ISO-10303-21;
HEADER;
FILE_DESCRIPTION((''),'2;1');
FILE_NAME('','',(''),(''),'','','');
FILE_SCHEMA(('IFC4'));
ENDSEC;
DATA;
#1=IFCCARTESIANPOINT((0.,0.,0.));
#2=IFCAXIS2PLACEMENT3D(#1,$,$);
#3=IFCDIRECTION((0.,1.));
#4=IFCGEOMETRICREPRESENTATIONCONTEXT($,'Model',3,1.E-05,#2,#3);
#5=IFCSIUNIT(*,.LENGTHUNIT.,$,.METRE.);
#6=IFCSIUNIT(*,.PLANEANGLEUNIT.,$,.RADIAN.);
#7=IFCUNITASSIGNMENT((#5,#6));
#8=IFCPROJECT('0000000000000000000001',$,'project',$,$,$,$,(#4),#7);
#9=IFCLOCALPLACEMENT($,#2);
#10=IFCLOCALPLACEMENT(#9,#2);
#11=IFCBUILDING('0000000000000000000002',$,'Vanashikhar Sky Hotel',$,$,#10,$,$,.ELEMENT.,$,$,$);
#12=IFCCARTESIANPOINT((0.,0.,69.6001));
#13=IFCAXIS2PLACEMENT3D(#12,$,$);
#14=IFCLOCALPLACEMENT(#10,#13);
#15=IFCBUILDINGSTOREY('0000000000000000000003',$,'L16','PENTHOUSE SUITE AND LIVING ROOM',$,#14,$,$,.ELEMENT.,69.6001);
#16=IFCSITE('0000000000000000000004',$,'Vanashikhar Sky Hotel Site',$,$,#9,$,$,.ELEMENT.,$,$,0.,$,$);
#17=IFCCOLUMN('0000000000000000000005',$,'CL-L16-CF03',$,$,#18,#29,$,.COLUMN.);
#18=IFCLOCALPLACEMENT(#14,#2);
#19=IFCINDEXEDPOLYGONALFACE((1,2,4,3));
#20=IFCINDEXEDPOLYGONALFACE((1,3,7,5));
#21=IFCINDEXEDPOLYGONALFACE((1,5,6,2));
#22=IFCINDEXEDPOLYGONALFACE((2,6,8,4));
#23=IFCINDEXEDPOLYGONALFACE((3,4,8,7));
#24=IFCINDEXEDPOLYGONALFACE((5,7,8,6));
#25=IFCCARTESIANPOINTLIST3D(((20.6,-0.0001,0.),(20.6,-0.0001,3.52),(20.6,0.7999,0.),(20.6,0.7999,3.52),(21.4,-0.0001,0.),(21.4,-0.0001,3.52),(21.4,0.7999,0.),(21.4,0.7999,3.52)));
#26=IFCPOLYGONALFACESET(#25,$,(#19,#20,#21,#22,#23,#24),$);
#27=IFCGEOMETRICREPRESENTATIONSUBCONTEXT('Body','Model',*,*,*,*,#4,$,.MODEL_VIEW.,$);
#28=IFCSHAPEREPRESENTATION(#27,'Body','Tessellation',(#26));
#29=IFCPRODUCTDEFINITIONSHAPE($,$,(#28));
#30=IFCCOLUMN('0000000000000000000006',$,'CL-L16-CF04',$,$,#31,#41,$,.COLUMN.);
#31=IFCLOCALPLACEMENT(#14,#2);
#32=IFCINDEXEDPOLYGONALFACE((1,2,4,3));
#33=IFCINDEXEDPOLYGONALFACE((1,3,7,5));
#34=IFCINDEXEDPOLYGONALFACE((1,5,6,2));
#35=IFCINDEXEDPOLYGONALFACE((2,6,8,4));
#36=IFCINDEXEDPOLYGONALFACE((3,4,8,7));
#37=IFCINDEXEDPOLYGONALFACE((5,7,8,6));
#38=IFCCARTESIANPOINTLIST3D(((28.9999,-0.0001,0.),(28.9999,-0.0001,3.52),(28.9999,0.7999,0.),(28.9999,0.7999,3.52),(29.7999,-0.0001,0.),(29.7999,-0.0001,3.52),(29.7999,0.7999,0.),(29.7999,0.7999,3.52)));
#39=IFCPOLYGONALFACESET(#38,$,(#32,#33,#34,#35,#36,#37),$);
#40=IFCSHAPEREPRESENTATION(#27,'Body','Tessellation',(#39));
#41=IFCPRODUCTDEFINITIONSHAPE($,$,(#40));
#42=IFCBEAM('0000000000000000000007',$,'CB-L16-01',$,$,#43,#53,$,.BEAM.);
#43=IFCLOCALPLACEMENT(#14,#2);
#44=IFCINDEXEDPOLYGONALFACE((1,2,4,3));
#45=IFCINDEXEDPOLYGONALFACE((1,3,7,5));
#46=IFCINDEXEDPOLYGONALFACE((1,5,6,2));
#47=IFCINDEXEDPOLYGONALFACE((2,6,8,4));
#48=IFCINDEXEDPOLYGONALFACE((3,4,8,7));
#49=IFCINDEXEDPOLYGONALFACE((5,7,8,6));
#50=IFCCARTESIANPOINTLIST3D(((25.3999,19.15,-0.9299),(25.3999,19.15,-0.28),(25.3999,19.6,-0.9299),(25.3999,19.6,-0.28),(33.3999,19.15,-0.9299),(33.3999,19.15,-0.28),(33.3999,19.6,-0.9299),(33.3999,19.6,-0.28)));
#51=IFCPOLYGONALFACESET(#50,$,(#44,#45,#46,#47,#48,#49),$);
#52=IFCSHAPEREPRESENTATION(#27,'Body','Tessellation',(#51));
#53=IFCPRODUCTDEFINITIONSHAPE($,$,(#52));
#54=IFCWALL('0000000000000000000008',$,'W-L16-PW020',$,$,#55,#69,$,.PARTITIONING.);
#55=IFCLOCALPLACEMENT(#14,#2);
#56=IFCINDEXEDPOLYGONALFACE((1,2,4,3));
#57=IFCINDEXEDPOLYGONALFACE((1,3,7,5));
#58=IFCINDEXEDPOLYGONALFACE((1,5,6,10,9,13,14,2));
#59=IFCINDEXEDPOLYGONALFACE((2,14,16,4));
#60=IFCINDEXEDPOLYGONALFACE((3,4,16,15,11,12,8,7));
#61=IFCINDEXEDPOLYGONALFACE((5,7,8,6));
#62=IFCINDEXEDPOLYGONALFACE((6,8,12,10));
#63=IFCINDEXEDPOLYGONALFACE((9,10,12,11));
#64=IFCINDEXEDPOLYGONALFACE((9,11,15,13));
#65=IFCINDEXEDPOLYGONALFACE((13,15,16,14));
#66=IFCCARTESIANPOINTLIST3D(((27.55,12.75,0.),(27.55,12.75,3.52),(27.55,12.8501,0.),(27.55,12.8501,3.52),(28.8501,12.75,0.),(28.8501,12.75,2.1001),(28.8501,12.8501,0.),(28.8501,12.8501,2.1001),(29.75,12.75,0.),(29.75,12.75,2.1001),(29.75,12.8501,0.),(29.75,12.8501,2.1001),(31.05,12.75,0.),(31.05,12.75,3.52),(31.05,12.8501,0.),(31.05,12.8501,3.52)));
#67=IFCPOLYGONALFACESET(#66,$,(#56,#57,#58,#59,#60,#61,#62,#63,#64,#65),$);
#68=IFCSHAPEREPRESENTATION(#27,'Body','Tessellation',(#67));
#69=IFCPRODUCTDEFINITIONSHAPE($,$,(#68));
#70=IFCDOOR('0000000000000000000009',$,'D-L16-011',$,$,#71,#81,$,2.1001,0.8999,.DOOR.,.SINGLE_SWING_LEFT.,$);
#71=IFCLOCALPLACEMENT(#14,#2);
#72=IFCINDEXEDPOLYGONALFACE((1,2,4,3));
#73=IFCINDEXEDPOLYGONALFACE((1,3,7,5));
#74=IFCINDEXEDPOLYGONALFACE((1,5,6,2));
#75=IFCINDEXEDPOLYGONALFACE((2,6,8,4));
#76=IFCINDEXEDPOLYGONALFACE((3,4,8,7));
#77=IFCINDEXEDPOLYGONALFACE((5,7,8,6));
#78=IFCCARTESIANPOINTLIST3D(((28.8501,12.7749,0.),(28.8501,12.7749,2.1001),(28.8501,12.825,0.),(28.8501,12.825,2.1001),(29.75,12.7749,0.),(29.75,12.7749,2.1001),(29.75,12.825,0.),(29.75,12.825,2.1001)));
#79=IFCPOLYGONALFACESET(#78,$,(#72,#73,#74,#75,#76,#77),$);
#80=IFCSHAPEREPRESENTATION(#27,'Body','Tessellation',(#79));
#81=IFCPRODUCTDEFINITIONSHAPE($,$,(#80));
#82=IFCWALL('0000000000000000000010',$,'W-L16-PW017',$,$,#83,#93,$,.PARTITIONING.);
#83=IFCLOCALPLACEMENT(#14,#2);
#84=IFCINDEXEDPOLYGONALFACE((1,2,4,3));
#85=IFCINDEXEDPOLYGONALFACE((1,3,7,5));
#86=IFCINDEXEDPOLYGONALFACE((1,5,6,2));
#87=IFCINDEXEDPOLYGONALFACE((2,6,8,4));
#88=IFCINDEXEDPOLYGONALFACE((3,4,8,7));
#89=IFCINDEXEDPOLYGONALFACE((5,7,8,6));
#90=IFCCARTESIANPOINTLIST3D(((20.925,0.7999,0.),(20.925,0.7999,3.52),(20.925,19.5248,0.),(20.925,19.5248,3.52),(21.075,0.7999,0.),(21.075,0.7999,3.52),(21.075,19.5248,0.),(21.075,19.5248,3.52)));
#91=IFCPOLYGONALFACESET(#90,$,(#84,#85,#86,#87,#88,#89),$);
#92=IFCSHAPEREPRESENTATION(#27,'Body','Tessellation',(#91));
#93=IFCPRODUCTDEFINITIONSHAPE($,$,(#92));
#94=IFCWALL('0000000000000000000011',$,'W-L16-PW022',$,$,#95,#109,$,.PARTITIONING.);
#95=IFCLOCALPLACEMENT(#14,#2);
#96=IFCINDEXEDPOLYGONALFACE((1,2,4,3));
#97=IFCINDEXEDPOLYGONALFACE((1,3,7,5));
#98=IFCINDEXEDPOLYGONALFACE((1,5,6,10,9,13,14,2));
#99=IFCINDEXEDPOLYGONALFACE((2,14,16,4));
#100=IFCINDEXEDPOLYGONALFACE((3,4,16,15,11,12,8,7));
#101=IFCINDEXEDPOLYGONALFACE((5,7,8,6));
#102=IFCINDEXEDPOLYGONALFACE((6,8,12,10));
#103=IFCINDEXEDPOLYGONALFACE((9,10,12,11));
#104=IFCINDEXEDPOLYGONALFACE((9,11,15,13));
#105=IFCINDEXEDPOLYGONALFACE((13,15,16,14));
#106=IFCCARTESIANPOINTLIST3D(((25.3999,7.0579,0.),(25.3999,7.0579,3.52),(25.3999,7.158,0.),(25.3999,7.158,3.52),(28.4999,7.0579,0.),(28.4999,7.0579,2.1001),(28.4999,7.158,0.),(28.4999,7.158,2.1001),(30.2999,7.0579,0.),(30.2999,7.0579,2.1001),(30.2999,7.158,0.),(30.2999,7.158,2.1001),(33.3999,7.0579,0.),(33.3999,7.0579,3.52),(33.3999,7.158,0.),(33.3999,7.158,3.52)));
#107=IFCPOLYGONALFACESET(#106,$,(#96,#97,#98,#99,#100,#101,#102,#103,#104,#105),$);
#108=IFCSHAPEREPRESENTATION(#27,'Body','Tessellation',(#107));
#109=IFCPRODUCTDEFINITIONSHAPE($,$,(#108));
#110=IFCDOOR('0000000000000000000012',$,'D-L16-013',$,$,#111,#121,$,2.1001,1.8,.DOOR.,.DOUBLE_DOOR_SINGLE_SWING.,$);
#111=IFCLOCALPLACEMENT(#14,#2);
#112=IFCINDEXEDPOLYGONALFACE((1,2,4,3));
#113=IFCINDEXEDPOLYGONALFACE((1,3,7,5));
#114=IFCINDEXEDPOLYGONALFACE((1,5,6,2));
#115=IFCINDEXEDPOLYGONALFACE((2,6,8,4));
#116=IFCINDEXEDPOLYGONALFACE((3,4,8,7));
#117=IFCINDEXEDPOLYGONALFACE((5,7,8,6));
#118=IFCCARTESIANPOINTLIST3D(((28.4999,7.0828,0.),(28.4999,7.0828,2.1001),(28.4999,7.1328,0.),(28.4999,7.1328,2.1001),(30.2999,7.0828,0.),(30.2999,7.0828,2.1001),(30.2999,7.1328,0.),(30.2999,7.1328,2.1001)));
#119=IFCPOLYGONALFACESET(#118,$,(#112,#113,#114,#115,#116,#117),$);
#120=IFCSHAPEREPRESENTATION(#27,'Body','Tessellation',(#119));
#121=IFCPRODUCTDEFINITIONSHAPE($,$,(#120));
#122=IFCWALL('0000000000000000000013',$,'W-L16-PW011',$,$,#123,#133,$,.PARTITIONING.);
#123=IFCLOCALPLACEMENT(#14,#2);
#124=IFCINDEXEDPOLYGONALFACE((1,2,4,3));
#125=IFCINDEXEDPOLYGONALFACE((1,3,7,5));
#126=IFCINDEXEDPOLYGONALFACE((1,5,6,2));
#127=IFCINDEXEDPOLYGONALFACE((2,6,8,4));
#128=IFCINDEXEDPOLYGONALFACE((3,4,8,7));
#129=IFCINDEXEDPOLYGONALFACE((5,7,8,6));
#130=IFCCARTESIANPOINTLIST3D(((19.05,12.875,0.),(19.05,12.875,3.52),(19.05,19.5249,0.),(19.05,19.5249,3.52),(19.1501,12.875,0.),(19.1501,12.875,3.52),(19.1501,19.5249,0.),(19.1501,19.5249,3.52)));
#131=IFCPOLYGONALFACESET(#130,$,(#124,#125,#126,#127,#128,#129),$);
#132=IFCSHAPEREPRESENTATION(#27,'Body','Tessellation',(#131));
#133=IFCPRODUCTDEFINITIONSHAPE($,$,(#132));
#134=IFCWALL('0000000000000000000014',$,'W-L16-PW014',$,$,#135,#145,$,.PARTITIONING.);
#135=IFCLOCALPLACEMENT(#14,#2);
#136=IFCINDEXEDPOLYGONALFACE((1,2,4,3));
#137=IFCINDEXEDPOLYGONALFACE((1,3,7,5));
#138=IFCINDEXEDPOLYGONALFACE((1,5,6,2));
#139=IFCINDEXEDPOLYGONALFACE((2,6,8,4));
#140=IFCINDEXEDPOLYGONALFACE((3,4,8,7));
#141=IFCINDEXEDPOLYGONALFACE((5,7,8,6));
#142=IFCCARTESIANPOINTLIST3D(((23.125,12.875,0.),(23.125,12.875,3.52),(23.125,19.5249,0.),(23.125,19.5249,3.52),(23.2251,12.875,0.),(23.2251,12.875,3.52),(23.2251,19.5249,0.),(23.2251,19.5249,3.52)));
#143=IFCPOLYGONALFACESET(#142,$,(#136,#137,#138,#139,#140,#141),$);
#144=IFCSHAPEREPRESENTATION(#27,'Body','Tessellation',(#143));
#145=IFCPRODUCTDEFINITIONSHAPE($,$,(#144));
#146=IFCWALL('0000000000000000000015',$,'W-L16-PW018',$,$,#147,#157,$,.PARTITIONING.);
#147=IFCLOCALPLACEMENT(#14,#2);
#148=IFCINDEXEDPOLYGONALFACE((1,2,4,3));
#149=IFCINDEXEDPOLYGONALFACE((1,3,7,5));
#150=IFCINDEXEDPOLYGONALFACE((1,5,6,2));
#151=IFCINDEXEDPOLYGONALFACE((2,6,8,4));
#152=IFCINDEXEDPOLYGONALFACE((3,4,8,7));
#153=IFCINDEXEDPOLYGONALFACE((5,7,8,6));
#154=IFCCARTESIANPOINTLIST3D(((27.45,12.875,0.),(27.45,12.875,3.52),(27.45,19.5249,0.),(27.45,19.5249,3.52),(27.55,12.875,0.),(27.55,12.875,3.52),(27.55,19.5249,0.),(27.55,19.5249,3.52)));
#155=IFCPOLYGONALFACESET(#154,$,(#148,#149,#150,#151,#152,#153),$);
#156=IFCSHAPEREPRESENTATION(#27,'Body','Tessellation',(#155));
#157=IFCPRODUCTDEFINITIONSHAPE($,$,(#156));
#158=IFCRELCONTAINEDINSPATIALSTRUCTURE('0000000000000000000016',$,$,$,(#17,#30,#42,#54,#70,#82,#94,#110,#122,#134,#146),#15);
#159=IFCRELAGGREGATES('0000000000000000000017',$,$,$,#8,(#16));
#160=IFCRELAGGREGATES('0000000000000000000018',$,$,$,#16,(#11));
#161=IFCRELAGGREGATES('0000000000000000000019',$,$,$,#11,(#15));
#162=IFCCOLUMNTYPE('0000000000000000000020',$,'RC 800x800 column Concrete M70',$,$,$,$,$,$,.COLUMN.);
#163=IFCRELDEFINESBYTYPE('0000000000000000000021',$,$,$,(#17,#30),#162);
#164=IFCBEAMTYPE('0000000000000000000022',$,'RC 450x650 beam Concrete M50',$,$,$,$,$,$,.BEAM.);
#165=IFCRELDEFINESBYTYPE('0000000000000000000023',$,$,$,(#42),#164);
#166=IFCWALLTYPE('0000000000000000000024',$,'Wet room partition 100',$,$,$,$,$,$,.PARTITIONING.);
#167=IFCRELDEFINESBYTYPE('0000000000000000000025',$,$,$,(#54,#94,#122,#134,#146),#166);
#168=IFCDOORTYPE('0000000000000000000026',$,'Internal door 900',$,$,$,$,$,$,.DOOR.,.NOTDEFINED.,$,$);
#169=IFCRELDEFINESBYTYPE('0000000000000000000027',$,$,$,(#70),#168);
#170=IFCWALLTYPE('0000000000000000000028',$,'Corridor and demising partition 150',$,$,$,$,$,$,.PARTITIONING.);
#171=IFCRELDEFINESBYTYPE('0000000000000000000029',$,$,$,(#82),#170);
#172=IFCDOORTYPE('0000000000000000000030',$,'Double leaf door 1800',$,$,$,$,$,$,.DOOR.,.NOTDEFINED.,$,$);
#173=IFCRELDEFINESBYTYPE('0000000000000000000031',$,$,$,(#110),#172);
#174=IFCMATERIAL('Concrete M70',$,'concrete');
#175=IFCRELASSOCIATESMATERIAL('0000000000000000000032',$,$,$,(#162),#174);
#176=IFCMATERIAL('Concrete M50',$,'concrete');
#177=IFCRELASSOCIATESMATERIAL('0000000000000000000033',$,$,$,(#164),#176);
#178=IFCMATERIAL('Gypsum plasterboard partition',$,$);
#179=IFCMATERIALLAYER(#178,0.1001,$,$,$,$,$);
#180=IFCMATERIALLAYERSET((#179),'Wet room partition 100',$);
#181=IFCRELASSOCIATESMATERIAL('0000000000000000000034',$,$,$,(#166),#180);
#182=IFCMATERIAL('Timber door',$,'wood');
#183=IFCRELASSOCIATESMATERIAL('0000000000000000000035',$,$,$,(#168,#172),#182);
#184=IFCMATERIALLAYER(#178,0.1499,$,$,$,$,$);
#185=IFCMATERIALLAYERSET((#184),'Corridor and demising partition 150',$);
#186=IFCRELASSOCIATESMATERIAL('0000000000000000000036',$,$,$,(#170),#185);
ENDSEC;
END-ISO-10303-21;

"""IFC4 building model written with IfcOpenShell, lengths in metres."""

from ifc_helpers import new_model, si_unit, direction, frame, frame_2d, origin, origin_2d, place, context, subcontext, project, spatial, rectangle, extrude, source, transform, mapped, material, layer, layer_set, material_profile, profile_set, type_object, element, fill, save


model = new_model("IFC4")

# Units and contexts
model_context = context("Model", 3, precision=1e-05, world=origin(), true_north=direction((0.0, 1.0)))
body_context = subcontext(model_context, "Body", "Model", "MODEL_VIEW")
ifc_project = project(units=[si_unit("LENGTHUNIT", "METRE"), si_unit("PLANEANGLEUNIT", "RADIAN")], contexts=[model_context])

# Site, building, storey
site_placement = place(None, origin())
site = spatial("IfcSite", under=ifc_project, at=site_placement, Name="Vanashikhar Sky Hotel Site", CompositionType="ELEMENT", RefElevation=0.0)
building_placement = place(site_placement, origin())
building = spatial("IfcBuilding", under=site, at=building_placement, Name="Vanashikhar Sky Hotel", CompositionType="ELEMENT")
storey_placement = place(building_placement, frame((0.0, 0.0, 69.6001)))
storey = spatial("IfcBuildingStorey", under=building, at=storey_placement, Name="L16", Description="PENTHOUSE SUITE AND LIVING ROOM", CompositionType="ELEMENT", Elevation=69.6001)

# Columns
ifc_material_1 = material(Name="Concrete M70", Category="concrete")
ifc_material_profile_1 = material_profile(ifc_material_1, rectangle(XDim=0.8, YDim=0.8, at=origin_2d()))
ifc_profile_set_1 = profile_set([ifc_material_profile_1], Name="RC 800x800 column Concrete M70")
column_type = type_object("IfcColumnType", Name="RC 800x800 column Concrete M70", PredefinedType="COLUMN", material=ifc_profile_set_1)
shared_shape_1 = source(origin(), body_context, "Body", "SweptSolid", [
    extrude(rectangle(XDim=0.8, YDim=0.8, at=origin_2d()), origin(), (0.0, 0.0, 1.0), 3.52),
])
for number, where, z_axis, x_axis, name in (
    (1, (21.0, 0.3999, 0.0), (0.0, 0.0, 1.0), (1.0, 0.0, 0.0), "CL-L16-CF03"),
    (2, (29.3999, 0.3999, 0.0), (0.0, 0.0, 1.0), (1.0, 0.0, 0.0), "CL-L16-CF04"),
):
    element("IfcColumn", number, at=place(storey_placement, frame(where, z_axis=z_axis, x_axis=x_axis)), inside=storey, type_object=column_type, Name=name, PredefinedType="COLUMN", context=body_context, shape_type="MappedRepresentation", body=[
        mapped(shared_shape_1, transform((0.0, 0.0, 0.0), scale=1.0)),
    ])

# Beam
ifc_material_2 = material(Name="Concrete M50", Category="concrete")
ifc_material_profile_2 = material_profile(ifc_material_2, rectangle(XDim=0.45, YDim=0.6499, at=origin_2d()))
ifc_profile_set_2 = profile_set([ifc_material_profile_2], Name="RC 450x650 beam Concrete M50")
beam_type = type_object("IfcBeamType", Name="RC 450x650 beam Concrete M50", PredefinedType="BEAM", material=ifc_profile_set_2)
shared_shape_2 = source(origin(), body_context, "Body", "SweptSolid", [
    extrude(rectangle(XDim=0.45, YDim=0.6499, at=origin_2d()), origin(), (0.0, 0.0, 1.0), 8.0),
])
beam_placement = place(storey_placement, frame((25.3999, 19.375, -0.605), z_axis=(1.0, 0.0, 0.0), x_axis=(0.0, 1.0, 0.0)))
element("IfcBeam", 3, at=beam_placement, inside=storey, type_object=beam_type, Name="CB-L16-01", PredefinedType="BEAM", context=body_context, shape_type="MappedRepresentation", body=[
    mapped(shared_shape_2, transform((0.0, 0.0, 0.0), scale=1.0)),
])

# Wall, opening, door
ifc_material_3 = material(Name="Gypsum plasterboard partition")
ifc_layer_1 = layer(ifc_material_3, 0.1001)
ifc_layer_set_1 = layer_set([ifc_layer_1], Name="Wet room partition 100")
wall_type_1 = type_object("IfcWallType", Name="Wet room partition 100", PredefinedType="PARTITIONING", material=ifc_layer_set_1)
shared_shape_3 = source(origin(), body_context, "Body", "SweptSolid", [
    extrude(rectangle(XDim=3.5, YDim=0.1001, at=frame_2d((1.75, 0.0))), origin(), (0.0, 0.0, 1.0), 3.52),
])
wall_1_placement = place(storey_placement, frame((27.55, 12.8, 0.0), z_axis=(0.0, 0.0, 1.0), x_axis=(1.0, 0.0, 0.0)))
wall_1 = element("IfcWall", 4, at=wall_1_placement, inside=storey, type_object=wall_type_1, Name="W-L16-PW020", PredefinedType="PARTITIONING", context=body_context, shape_type="MappedRepresentation", body=[
    mapped(shared_shape_3, transform((0.0, 0.0, 0.0), scale=1.0)),
])
shared_shape_4 = source(origin(), body_context, "Body", "SweptSolid", [
    extrude(rectangle(XDim=0.8999, YDim=2.1001, at=frame_2d((0.45, 1.05))), frame((0.0, 0.0601, 0.0), z_axis=(0.0, -1.0, 0.0), x_axis=(1.0, 0.0, 0.0)), (0.0, 0.0, 1.0), 0.1201),
])
opening_1_placement = place(wall_1_placement, frame((1.3, 0.0, 0.0)))
opening_1 = element("IfcOpeningElement", 5, at=opening_1_placement, cuts=wall_1, PredefinedType="OPENING", context=body_context, shape_type="MappedRepresentation", body=[
    mapped(shared_shape_4, transform((0.0, 0.0, 0.0), scale=1.0)),
])
ifc_material_4 = material(Name="Timber door", Category="wood")
door_type_1 = type_object("IfcDoorType", Name="Internal door 900", OperationType="NOTDEFINED", PredefinedType="DOOR", material=ifc_material_4)
shared_shape_5 = source(origin(), body_context, "Body", "SweptSolid", [
    extrude(rectangle(XDim=0.8999, YDim=2.1001, at=frame_2d((0.45, 1.05))), frame((0.0, 0.0249, 0.0), z_axis=(0.0, -1.0, 0.0), x_axis=(1.0, 0.0, 0.0)), (0.0, 0.0, 1.0), 0.05),
])
door_1_placement = place(opening_1_placement, origin())
door_1 = element("IfcDoor", 6, at=door_1_placement, inside=storey, type_object=door_type_1, Name="D-L16-011", OperationType="SINGLE_SWING_LEFT", OverallHeight=2.1001, OverallWidth=0.8999, PredefinedType="DOOR", context=body_context, shape_type="MappedRepresentation", body=[
    mapped(shared_shape_5, transform((0.0, 0.0, 0.0), scale=1.0)),
])
fill(opening_1, door_1)

# Wall
ifc_layer_2 = layer(ifc_material_3, 0.1499)
ifc_layer_set_2 = layer_set([ifc_layer_2], Name="Corridor and demising partition 150")
wall_type_2 = type_object("IfcWallType", Name="Corridor and demising partition 150", PredefinedType="PARTITIONING", material=ifc_layer_set_2)
shared_shape_6 = source(origin(), body_context, "Body", "SweptSolid", [
    extrude(rectangle(XDim=18.7249, YDim=0.1499, at=frame_2d((9.3623, 0.0))), origin(), (0.0, 0.0, 1.0), 3.52),
])
wall_2_placement = place(storey_placement, frame((21.0, 0.8, 0.0), z_axis=(0.0, 0.0, 1.0), x_axis=(0.0, 1.0, 0.0)))
element("IfcWall", 7, at=wall_2_placement, inside=storey, type_object=wall_type_2, Name="W-L16-PW017", PredefinedType="PARTITIONING", context=body_context, shape_type="MappedRepresentation", body=[
    mapped(shared_shape_6, transform((0.0, 0.0, 0.0), scale=1.0)),
])

# Wall, opening, door
shared_shape_7 = source(origin(), body_context, "Body", "SweptSolid", [
    extrude(rectangle(XDim=8.0, YDim=0.1001, at=frame_2d((4.0, 0.0))), origin(), (0.0, 0.0, 1.0), 3.52),
])
wall_3_placement = place(storey_placement, frame((25.3999, 7.1079, 0.0), z_axis=(0.0, 0.0, 1.0), x_axis=(1.0, 0.0, 0.0)))
wall_3 = element("IfcWall", 8, at=wall_3_placement, inside=storey, type_object=wall_type_1, Name="W-L16-PW022", PredefinedType="PARTITIONING", context=body_context, shape_type="MappedRepresentation", body=[
    mapped(shared_shape_7, transform((0.0, 0.0, 0.0), scale=1.0)),
])
shared_shape_8 = source(origin(), body_context, "Body", "SweptSolid", [
    extrude(rectangle(XDim=1.8, YDim=2.1001, at=frame_2d((0.8999, 1.05))), frame((0.0, 0.0601, 0.0), z_axis=(0.0, -1.0, 0.0), x_axis=(1.0, 0.0, 0.0)), (0.0, 0.0, 1.0), 0.1201),
])
opening_2_placement = place(wall_3_placement, frame((3.1001, 0.0, 0.0)))
opening_2 = element("IfcOpeningElement", 9, at=opening_2_placement, cuts=wall_3, PredefinedType="OPENING", context=body_context, shape_type="MappedRepresentation", body=[
    mapped(shared_shape_8, transform((0.0, 0.0, 0.0), scale=1.0)),
])
door_type_2 = type_object("IfcDoorType", Name="Double leaf door 1800", OperationType="NOTDEFINED", PredefinedType="DOOR", material=ifc_material_4)
shared_shape_9 = source(origin(), body_context, "Body", "SweptSolid", [
    extrude(rectangle(XDim=1.8, YDim=2.1001, at=frame_2d((0.8999, 1.05))), frame((0.0, 0.0249, 0.0), z_axis=(0.0, -1.0, 0.0), x_axis=(1.0, 0.0, 0.0)), (0.0, 0.0, 1.0), 0.05),
])
door_2_placement = place(opening_2_placement, origin())
door_2 = element("IfcDoor", 10, at=door_2_placement, inside=storey, type_object=door_type_2, Name="D-L16-013", OperationType="DOUBLE_DOOR_SINGLE_SWING", OverallHeight=2.1001, OverallWidth=1.8, PredefinedType="DOOR", context=body_context, shape_type="MappedRepresentation", body=[
    mapped(shared_shape_9, transform((0.0, 0.0, 0.0), scale=1.0)),
])
fill(opening_2, door_2)

# Walls
shared_shape_10 = source(origin(), body_context, "Body", "SweptSolid", [
    extrude(rectangle(XDim=6.6499, YDim=0.1001, at=frame_2d((3.325, 0.0))), origin(), (0.0, 0.0, 1.0), 3.52),
])
for number, where, z_axis, x_axis, name in (
    (11, (19.1001, 12.875, 0.0), (0.0, 0.0, 1.0), (0.0, 1.0, 0.0), "W-L16-PW011"),
    (12, (23.175, 12.875, 0.0), (0.0, 0.0, 1.0), (0.0, 1.0, 0.0), "W-L16-PW014"),
    (13, (27.5, 12.875, 0.0), (0.0, 0.0, 1.0), (0.0, 1.0, 0.0), "W-L16-PW018"),
):
    element("IfcWall", number, at=place(storey_placement, frame(where, z_axis=z_axis, x_axis=x_axis)), inside=storey, type_object=wall_type_1, Name=name, PredefinedType="PARTITIONING", context=body_context, shape_type="MappedRepresentation", body=[
        mapped(shared_shape_10, transform((0.0, 0.0, 0.0), scale=1.0)),
    ])

save(model, "model.ifc")
